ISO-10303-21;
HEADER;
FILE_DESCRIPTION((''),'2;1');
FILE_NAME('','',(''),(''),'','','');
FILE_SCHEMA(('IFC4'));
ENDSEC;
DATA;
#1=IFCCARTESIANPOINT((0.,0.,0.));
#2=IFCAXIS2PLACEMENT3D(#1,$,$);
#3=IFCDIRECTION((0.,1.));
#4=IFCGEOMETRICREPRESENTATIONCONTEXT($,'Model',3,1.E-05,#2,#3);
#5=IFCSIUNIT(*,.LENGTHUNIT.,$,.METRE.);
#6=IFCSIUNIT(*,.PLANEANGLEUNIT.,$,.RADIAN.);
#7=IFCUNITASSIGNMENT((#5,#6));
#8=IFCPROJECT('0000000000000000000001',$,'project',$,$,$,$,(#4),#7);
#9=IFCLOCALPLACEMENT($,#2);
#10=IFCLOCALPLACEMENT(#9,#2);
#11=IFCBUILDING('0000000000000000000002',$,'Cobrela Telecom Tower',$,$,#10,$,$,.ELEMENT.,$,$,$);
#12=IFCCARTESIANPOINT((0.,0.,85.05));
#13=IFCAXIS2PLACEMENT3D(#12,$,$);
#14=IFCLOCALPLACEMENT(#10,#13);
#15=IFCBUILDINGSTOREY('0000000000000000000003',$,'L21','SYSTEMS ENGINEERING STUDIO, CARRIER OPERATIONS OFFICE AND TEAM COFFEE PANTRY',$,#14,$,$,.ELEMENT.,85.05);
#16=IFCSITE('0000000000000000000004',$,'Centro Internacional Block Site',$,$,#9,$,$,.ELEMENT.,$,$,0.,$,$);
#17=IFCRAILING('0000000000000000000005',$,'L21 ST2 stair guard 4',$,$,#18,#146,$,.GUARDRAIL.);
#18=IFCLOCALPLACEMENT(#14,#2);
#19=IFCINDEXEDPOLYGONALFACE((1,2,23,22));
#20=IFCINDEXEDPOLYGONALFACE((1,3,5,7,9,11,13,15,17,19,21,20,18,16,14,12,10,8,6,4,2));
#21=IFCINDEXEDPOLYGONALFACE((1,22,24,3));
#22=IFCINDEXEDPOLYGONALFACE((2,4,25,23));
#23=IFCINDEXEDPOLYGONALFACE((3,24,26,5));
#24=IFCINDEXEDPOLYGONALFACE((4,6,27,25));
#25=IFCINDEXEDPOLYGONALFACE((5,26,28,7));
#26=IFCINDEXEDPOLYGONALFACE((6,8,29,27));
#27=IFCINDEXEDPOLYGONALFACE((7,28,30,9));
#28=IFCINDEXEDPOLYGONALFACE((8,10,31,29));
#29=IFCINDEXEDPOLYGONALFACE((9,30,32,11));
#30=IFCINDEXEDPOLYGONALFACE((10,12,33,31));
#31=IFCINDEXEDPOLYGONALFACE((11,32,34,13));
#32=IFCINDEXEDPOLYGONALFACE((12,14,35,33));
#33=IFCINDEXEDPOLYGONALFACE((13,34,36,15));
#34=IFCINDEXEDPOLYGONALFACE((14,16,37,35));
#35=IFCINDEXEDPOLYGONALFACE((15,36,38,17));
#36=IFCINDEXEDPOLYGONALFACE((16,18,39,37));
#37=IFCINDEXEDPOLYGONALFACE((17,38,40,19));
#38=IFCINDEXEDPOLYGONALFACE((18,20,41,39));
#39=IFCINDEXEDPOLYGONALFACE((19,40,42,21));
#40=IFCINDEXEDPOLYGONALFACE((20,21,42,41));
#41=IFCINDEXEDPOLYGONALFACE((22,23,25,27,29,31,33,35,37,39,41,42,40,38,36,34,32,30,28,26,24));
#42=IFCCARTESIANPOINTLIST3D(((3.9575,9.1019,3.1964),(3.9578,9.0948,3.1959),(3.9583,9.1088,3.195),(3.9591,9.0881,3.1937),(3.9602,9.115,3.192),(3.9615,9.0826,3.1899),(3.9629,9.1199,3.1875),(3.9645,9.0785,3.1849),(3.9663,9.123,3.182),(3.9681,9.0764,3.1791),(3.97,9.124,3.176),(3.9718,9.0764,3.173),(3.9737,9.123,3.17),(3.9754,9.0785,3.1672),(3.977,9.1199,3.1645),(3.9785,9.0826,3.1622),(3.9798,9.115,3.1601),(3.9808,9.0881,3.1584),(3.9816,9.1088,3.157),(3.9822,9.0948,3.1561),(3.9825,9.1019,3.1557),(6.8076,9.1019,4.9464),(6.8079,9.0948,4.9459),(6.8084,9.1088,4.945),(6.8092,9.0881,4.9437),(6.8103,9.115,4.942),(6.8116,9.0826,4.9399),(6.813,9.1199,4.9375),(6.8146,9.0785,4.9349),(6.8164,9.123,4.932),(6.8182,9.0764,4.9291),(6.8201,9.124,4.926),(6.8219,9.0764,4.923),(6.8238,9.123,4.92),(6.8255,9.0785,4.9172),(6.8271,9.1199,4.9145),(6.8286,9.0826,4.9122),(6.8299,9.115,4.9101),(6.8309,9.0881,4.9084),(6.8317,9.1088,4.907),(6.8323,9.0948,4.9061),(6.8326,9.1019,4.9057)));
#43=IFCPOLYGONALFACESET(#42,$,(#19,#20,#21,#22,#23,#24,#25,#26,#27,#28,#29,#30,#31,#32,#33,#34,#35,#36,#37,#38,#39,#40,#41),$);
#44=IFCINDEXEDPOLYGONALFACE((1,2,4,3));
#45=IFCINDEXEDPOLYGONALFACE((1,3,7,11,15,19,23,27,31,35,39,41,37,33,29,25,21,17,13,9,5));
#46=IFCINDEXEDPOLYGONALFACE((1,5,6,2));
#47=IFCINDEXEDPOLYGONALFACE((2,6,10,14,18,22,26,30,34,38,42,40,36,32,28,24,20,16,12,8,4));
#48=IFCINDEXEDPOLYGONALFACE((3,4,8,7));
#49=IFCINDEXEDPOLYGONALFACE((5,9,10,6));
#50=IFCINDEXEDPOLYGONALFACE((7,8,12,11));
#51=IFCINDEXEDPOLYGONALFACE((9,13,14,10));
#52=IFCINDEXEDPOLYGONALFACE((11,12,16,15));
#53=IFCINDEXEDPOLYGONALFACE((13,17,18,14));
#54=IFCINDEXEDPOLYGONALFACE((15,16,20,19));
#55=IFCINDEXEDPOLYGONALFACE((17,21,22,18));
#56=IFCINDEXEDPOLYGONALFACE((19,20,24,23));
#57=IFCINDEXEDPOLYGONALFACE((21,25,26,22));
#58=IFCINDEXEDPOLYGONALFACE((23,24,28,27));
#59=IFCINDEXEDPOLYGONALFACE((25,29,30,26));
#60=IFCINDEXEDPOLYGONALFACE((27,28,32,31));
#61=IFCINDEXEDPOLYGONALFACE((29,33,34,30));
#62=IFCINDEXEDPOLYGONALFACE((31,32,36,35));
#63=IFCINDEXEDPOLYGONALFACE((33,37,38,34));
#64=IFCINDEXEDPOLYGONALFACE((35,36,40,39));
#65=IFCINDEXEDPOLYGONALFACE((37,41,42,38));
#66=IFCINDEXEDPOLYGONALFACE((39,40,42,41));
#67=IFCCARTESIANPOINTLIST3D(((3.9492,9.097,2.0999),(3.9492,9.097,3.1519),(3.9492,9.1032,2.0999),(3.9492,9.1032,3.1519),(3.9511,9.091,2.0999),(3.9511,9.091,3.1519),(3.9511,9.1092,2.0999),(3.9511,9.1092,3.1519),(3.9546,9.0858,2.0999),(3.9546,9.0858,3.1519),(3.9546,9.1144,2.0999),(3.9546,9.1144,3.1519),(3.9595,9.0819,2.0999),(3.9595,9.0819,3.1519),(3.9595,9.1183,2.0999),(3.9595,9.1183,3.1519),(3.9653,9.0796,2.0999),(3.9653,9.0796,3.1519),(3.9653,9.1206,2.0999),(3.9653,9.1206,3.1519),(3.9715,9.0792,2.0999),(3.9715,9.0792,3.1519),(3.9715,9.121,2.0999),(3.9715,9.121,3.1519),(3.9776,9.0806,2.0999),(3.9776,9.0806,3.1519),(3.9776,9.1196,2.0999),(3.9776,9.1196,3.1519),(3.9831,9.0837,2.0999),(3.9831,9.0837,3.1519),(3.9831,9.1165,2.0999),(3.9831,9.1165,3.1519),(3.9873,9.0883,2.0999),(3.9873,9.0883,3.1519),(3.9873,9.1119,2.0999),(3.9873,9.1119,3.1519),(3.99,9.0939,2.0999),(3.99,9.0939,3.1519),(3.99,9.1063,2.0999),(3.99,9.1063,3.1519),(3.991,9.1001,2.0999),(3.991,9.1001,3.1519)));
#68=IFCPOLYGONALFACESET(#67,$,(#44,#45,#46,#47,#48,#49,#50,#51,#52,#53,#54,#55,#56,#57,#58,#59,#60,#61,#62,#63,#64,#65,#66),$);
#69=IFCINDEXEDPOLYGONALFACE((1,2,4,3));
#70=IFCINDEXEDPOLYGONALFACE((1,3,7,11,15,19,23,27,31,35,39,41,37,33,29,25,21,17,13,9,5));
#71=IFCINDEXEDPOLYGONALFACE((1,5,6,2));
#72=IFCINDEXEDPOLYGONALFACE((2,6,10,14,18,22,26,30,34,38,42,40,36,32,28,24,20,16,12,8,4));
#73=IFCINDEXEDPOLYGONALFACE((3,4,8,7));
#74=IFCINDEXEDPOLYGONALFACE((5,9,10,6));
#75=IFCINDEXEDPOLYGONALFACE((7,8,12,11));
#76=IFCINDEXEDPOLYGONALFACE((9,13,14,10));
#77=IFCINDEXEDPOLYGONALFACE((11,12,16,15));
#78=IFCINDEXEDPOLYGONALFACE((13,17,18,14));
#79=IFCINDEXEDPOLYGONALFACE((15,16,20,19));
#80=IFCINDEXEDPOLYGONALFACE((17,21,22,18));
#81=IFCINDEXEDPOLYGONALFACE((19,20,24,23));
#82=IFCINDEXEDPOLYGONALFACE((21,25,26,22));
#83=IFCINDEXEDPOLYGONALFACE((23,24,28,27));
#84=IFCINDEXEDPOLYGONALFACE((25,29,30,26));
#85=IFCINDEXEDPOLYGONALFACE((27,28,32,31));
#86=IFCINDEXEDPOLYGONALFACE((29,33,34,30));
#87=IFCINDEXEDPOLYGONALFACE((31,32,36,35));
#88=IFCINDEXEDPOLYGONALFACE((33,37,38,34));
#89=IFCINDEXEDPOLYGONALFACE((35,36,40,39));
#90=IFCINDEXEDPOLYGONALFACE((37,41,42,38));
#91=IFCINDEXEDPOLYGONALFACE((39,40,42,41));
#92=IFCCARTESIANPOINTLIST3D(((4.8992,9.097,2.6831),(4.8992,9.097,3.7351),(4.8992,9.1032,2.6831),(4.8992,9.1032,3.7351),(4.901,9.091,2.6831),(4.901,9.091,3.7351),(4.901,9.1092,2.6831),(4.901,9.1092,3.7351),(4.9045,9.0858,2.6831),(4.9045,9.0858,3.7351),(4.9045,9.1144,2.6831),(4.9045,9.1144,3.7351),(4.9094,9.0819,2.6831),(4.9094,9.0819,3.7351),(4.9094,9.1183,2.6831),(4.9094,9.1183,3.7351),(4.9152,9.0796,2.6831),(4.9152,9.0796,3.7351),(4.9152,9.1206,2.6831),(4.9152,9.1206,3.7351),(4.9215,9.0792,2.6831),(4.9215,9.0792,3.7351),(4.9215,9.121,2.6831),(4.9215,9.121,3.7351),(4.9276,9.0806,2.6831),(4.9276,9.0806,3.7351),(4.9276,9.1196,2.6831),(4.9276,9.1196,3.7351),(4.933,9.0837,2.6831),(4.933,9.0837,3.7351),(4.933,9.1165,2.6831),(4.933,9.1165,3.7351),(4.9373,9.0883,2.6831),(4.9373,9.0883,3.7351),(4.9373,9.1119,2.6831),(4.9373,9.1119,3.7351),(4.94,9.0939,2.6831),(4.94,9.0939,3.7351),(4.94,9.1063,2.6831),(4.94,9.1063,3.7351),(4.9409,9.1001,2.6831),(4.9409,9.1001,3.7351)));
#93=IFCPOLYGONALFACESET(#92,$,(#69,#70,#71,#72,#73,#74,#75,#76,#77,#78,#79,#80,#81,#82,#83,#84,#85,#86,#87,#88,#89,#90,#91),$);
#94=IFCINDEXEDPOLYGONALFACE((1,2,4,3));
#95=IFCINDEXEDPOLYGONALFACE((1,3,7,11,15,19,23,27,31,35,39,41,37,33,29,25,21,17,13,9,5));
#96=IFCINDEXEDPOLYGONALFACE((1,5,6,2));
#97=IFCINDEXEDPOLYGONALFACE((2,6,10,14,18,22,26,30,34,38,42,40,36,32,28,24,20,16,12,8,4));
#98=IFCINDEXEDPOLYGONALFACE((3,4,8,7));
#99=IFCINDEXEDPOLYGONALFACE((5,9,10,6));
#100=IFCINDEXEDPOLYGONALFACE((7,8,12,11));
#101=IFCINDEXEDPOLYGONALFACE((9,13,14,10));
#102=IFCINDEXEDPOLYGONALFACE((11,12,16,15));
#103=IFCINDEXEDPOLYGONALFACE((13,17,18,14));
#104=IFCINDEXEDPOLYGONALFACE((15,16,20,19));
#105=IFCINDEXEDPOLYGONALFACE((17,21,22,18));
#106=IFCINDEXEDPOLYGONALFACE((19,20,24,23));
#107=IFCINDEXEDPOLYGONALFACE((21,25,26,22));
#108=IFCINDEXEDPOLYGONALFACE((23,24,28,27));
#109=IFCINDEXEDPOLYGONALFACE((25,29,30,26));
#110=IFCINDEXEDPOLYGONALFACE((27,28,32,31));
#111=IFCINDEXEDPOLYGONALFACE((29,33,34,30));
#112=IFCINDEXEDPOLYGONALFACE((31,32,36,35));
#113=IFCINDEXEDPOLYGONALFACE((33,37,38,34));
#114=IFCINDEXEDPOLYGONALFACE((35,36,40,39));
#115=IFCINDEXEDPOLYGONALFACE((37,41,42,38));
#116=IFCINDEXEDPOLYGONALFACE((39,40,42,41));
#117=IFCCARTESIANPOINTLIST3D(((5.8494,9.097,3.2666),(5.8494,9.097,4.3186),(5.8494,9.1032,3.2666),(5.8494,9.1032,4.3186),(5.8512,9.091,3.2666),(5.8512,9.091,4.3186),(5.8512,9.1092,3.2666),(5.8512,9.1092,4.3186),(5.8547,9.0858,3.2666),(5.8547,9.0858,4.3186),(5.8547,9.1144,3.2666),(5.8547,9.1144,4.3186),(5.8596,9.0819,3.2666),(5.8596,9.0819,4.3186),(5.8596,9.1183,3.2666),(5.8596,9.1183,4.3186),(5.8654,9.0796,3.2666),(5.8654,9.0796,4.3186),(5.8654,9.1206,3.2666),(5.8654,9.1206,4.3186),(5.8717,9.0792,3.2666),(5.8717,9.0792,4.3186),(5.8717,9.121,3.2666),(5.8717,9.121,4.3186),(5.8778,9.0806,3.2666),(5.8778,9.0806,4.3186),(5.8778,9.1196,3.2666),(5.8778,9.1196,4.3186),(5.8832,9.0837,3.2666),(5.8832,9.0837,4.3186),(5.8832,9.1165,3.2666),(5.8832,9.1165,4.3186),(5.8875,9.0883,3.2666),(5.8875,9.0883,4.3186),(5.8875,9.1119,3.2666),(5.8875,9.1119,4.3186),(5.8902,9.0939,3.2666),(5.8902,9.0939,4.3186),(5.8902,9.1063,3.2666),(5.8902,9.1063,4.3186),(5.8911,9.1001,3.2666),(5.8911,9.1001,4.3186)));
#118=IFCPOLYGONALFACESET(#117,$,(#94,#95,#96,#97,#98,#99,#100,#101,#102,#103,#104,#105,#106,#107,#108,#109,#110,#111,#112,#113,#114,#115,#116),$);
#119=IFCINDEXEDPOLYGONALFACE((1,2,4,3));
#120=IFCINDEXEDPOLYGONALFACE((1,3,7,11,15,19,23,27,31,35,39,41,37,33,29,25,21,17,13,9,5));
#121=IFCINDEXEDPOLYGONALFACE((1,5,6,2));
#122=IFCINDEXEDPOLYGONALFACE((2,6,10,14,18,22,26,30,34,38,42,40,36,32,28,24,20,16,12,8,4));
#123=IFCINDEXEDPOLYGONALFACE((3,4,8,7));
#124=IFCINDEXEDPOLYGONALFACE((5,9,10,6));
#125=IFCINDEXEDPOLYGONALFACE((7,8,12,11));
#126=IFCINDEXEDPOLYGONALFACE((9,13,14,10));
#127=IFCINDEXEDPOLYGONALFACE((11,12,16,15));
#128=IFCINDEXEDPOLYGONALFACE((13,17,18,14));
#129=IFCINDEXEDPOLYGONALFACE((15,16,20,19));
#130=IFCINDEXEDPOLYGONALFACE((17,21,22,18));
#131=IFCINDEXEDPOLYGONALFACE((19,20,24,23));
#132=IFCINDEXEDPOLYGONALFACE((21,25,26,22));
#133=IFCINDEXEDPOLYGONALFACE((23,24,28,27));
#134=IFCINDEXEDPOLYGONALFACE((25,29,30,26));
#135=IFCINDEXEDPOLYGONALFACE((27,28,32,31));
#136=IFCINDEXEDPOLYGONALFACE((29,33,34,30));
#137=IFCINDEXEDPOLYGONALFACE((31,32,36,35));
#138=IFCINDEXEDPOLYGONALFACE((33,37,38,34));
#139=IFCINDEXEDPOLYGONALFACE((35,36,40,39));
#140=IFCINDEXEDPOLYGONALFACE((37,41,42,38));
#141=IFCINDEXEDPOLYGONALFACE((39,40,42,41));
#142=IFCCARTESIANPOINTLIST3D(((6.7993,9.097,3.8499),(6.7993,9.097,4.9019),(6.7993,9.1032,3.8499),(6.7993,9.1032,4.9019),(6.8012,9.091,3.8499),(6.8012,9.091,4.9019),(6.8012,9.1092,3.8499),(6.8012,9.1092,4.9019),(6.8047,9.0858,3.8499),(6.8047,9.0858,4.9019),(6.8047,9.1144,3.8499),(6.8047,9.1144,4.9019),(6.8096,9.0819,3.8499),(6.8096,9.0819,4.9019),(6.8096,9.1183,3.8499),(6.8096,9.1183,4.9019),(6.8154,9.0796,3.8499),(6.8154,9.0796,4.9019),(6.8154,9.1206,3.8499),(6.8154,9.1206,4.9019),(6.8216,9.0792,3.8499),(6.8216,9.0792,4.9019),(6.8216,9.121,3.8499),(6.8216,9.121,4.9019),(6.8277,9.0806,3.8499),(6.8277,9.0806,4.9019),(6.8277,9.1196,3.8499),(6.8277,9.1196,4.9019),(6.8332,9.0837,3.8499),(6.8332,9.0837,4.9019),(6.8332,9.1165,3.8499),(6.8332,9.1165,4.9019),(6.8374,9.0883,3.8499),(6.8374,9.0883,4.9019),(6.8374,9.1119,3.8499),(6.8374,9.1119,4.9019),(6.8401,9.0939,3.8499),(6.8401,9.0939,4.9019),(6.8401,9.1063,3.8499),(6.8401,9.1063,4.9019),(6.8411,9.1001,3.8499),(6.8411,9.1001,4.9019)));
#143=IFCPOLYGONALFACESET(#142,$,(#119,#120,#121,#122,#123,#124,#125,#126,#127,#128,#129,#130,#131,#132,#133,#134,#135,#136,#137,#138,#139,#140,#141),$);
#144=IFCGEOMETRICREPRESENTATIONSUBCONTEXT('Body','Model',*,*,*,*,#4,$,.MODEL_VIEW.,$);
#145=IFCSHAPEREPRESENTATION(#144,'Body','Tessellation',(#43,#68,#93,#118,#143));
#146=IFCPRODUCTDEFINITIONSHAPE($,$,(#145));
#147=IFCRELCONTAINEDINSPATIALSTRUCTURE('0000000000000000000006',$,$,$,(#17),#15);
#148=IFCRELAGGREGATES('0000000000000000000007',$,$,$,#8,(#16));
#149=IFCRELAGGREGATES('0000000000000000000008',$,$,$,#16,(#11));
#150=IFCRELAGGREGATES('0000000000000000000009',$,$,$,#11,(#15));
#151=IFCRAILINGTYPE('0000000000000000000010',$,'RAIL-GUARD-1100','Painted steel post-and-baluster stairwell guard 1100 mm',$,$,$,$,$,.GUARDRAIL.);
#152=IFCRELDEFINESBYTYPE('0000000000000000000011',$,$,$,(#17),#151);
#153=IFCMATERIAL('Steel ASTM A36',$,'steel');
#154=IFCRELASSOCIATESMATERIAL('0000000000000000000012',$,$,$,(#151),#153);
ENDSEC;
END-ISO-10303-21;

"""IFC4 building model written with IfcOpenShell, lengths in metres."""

from ifc_helpers import new_model, si_unit, direction, frame, origin, origin_2d, place, context, subcontext, project, spatial, circle, extrude, material, type_object, element, save


model = new_model("IFC4")

# Units and contexts
model_context = context("Model", 3, precision=1e-05, world=origin(), true_north=direction((0.0, 1.0)))
body_context = subcontext(model_context, "Body", "Model", "MODEL_VIEW")
ifc_project = project(units=[si_unit("LENGTHUNIT", "METRE"), si_unit("PLANEANGLEUNIT", "RADIAN")], contexts=[model_context])

# Site, building, storey
site_placement = place(None, origin())
site = spatial("IfcSite", under=ifc_project, at=site_placement, Name="Centro Internacional Block Site", CompositionType="ELEMENT", RefElevation=0.0)
building_placement = place(site_placement, origin())
building = spatial("IfcBuilding", under=site, at=building_placement, Name="Cobrela Telecom Tower", CompositionType="ELEMENT")
storey_placement = place(building_placement, frame((0.0, 0.0, 85.05)))
storey = spatial("IfcBuildingStorey", under=building, at=storey_placement, Name="L21", Description="SYSTEMS ENGINEERING STUDIO, CARRIER OPERATIONS OFFICE AND TEAM COFFEE PANTRY", CompositionType="ELEMENT", Elevation=85.05)

# Railing
ifc_material_1 = material(Name="Steel ASTM A36", Category="steel")
railing_type_1 = type_object("IfcRailingType", Name="RAIL-GUARD-1100", Description="Painted steel post-and-baluster stairwell guard 1100 mm", PredefinedType="GUARDRAIL", material=ifc_material_1)
railing_1_placement = place(storey_placement, frame((3.97, 9.1001, 2.0999)))
element("IfcRailing", 1, at=railing_1_placement, inside=storey, type_object=railing_type_1, Name="L21 ST2 stair guard 4", PredefinedType="GUARDRAIL", context=body_context, shape_type="SweptSolid", body=[
    extrude(circle(Radius=0.0239, at=origin_2d()), frame((0.0, 0.0, 1.0762), z_axis=(0.852179, 0.0, 0.52325), x_axis=(0.0, 1.0, 0.0)), (0.0, 0.0, 1.0), 3.3445),
    extrude(circle(Radius=0.021, at=origin_2d()), origin(), (0.0, 0.0, 1.0), 1.052),
    extrude(circle(Radius=0.021, at=origin_2d()), frame((0.95, 0.0, 0.5833)), (0.0, 0.0, 1.0), 1.052),
    extrude(circle(Radius=0.021, at=origin_2d()), frame((1.9001, 0.0, 1.1667)), (0.0, 0.0, 1.0), 1.052),
    extrude(circle(Radius=0.021, at=origin_2d()), frame((2.8501, 0.0, 1.75)), (0.0, 0.0, 1.0), 1.052),
])

save(model, "model.ifc")
